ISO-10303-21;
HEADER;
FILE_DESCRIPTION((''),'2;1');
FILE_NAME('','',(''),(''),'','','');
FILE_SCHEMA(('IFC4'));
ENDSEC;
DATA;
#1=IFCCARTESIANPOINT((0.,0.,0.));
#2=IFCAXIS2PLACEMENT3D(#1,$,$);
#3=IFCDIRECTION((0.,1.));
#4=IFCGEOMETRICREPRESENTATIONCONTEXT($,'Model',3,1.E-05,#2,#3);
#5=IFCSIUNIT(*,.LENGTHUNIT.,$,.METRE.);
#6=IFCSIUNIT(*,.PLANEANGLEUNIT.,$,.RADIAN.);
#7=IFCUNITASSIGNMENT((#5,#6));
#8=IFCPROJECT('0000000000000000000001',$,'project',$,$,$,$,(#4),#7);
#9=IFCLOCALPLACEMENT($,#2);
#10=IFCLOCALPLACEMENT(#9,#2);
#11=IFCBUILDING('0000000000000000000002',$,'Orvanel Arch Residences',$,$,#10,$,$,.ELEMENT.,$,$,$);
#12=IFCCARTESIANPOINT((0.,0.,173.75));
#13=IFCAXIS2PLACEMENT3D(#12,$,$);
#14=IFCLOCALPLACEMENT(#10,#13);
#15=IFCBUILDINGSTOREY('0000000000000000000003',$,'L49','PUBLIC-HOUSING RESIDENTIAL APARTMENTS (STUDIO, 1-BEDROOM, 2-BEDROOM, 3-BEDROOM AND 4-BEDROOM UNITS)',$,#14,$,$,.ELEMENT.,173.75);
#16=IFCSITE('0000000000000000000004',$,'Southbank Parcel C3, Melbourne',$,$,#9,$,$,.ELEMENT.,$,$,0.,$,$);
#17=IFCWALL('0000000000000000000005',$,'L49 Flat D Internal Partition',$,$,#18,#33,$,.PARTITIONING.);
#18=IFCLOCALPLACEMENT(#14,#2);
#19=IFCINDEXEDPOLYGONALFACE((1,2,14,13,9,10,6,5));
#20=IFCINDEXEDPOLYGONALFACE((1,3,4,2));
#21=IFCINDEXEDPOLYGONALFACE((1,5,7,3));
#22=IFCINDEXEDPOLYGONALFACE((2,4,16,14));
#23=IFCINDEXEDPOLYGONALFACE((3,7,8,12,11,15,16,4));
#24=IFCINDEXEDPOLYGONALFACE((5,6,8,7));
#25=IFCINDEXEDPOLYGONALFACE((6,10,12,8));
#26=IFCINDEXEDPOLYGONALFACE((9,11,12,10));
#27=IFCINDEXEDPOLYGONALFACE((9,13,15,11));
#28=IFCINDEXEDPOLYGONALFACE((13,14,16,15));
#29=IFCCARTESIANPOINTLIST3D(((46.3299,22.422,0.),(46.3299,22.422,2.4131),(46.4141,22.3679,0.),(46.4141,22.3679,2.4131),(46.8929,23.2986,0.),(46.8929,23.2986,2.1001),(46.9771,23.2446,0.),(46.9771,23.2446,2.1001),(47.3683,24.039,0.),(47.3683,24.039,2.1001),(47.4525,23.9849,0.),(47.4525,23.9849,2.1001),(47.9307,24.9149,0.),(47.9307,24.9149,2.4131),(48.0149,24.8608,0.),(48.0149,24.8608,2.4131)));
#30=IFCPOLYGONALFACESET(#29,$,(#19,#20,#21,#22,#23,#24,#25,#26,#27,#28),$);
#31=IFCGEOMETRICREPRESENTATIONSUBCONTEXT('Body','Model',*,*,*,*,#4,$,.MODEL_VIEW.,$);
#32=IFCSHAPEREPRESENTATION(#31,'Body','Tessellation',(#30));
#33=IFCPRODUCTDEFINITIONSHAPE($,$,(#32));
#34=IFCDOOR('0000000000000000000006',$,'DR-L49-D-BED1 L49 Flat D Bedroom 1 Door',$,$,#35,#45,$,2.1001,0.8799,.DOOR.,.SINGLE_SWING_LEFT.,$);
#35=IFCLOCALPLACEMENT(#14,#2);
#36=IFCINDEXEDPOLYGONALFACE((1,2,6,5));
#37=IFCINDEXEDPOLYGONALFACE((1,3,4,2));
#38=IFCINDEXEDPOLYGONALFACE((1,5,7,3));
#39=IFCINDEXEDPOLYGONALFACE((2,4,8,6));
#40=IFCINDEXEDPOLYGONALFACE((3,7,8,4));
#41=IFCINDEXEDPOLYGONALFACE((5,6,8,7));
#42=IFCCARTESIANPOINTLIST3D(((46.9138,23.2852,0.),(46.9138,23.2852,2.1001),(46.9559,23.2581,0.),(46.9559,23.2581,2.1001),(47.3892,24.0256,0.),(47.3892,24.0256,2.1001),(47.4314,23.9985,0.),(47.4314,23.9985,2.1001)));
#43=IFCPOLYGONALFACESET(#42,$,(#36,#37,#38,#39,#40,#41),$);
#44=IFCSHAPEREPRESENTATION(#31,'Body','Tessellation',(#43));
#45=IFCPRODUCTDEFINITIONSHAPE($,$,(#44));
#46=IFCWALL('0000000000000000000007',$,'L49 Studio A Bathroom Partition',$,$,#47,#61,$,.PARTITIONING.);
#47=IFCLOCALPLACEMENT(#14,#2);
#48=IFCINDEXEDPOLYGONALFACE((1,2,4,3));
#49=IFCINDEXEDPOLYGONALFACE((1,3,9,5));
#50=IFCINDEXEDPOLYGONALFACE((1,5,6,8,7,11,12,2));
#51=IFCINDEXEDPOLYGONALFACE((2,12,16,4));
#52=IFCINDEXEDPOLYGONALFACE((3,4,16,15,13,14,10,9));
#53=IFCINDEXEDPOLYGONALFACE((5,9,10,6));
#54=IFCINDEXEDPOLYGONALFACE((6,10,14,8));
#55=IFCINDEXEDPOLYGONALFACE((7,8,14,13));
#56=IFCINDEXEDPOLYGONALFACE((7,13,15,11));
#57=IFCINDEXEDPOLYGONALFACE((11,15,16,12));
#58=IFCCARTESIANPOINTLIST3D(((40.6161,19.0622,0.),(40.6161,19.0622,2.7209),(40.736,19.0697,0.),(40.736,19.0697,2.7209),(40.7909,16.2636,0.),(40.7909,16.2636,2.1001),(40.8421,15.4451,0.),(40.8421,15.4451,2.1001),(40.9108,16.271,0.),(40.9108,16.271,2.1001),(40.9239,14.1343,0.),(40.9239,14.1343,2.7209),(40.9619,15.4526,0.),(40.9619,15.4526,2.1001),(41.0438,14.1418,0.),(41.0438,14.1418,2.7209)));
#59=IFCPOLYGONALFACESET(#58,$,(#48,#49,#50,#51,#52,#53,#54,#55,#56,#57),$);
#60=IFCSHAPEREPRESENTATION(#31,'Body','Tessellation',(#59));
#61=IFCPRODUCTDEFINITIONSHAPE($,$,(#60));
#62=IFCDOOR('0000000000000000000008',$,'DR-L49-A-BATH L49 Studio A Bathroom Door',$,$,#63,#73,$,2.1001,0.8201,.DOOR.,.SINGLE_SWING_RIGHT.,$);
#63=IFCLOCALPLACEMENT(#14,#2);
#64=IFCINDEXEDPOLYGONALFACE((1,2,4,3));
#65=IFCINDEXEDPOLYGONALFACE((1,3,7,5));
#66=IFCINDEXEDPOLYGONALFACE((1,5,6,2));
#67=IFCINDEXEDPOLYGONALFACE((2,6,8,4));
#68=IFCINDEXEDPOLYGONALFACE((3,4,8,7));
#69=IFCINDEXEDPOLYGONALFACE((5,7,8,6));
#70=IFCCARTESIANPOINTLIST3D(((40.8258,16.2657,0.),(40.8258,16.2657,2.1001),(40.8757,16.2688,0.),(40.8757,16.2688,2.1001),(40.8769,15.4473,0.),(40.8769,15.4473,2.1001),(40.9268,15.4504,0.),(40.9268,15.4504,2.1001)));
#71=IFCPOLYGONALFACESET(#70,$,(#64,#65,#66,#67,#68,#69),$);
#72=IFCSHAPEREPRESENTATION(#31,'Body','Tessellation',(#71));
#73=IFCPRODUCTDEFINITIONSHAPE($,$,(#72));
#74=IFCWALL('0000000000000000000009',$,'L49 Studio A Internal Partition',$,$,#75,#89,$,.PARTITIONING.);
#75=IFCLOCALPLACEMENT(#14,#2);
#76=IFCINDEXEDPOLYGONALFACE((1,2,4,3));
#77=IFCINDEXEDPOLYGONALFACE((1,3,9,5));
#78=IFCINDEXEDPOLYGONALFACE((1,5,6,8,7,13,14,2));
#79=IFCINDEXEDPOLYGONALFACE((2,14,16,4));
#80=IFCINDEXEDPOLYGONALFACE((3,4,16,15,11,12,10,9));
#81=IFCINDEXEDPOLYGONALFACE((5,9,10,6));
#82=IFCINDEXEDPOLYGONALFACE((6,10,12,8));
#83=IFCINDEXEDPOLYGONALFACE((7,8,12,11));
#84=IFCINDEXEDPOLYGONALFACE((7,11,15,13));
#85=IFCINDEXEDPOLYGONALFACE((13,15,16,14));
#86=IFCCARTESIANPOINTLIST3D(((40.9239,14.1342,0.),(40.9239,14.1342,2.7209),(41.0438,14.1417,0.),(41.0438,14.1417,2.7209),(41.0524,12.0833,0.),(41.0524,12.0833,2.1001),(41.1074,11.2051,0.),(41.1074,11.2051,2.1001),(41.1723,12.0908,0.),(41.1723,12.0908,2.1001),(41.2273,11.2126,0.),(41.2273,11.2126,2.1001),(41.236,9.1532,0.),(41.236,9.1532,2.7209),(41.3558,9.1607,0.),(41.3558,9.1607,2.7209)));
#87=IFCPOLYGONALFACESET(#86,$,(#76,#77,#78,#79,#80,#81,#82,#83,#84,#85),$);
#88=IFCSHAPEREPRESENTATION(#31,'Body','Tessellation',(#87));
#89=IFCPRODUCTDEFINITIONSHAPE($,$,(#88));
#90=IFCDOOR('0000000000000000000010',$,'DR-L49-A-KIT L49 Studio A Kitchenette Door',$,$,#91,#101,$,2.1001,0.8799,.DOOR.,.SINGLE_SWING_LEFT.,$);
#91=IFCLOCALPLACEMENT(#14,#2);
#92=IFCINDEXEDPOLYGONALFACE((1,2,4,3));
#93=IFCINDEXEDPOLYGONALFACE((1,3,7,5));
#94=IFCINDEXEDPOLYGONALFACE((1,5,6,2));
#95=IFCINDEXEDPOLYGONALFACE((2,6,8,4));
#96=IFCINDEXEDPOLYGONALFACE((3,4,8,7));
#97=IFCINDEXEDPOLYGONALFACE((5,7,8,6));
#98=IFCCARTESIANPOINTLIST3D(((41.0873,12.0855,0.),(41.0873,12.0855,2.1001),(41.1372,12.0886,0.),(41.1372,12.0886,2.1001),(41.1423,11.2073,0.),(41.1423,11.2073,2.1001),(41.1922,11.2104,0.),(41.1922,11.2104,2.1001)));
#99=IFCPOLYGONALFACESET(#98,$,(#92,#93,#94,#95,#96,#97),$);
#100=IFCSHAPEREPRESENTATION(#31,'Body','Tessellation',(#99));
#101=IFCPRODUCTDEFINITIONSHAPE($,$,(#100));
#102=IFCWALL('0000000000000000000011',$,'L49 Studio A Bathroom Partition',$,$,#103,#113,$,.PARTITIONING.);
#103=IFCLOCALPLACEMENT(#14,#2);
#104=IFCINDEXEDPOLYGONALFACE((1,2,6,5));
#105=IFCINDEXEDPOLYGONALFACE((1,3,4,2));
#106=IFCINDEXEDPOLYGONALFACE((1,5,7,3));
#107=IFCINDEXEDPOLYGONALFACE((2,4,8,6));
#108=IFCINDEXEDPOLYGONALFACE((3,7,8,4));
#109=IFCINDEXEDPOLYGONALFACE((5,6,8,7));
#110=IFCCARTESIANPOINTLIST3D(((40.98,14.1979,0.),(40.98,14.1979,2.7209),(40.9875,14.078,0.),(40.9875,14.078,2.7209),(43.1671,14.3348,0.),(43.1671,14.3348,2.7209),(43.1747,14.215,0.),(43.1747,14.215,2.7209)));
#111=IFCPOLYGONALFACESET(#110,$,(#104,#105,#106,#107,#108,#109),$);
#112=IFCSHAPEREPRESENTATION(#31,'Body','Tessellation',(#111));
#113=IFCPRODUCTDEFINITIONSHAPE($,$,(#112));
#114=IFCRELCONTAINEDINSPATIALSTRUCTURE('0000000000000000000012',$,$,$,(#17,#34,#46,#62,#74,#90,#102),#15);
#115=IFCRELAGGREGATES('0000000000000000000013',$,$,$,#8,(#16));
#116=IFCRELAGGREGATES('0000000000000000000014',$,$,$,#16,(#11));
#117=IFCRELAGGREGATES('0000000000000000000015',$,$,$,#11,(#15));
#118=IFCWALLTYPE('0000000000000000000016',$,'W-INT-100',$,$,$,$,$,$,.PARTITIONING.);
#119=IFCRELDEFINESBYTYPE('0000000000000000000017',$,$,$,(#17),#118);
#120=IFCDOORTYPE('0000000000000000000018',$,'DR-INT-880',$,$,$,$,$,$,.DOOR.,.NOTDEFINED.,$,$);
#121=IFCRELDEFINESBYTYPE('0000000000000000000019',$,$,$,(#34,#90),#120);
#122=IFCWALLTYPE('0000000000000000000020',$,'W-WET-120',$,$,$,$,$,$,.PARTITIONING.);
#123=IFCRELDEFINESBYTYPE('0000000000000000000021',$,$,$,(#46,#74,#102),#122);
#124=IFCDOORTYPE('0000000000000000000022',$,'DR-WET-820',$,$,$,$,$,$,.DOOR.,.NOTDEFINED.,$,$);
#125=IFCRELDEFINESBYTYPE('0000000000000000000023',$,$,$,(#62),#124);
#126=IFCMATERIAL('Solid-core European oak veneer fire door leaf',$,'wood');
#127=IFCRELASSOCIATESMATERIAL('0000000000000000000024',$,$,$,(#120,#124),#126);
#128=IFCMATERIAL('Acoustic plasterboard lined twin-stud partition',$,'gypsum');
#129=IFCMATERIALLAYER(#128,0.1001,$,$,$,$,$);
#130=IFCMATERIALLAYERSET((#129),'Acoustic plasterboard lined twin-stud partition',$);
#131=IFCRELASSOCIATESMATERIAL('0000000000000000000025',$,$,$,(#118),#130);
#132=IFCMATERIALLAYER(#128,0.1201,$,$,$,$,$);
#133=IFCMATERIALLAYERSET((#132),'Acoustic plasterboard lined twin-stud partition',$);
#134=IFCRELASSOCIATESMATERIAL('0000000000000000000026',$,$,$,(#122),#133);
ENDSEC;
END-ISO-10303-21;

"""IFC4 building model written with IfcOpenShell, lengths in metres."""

from ifc_helpers import new_model, si_unit, direction, frame, frame_2d, origin, place, context, subcontext, project, spatial, rectangle, extrude, material, layer, layer_set, type_object, element, fill, save


model = new_model("IFC4")

# Units and contexts
model_context = context("Model", 3, precision=1e-05, world=origin(), true_north=direction((0.0, 1.0)))
body_context = subcontext(model_context, "Body", "Model", "MODEL_VIEW")
ifc_project = project(units=[si_unit("LENGTHUNIT", "METRE"), si_unit("PLANEANGLEUNIT", "RADIAN")], contexts=[model_context])

# Site, building, storey
site_placement = place(None, origin())
site = spatial("IfcSite", under=ifc_project, at=site_placement, Name="Southbank Parcel C3, Melbourne", CompositionType="ELEMENT", RefElevation=0.0)
building_placement = place(site_placement, origin())
building = spatial("IfcBuilding", under=site, at=building_placement, Name="Orvanel Arch Residences", CompositionType="ELEMENT")
storey_placement = place(building_placement, frame((0.0, 0.0, 173.75)))
storey = spatial("IfcBuildingStorey", under=building, at=storey_placement, Name="L49", Description="PUBLIC-HOUSING RESIDENTIAL APARTMENTS (STUDIO, 1-BEDROOM, 2-BEDROOM, 3-BEDROOM AND 4-BEDROOM UNITS)", CompositionType="ELEMENT", Elevation=173.75)

# Shared definitions
ifc_material_1 = material(Name="Solid-core European oak veneer fire door leaf", Category="wood")
door_type_1 = type_object("IfcDoorType", Name="DR-INT-880", OperationType="NOTDEFINED", PredefinedType="DOOR", material=ifc_material_1)
door_type_2 = type_object("IfcDoorType", Name="DR-WET-820", OperationType="NOTDEFINED", PredefinedType="DOOR", material=ifc_material_1)

# Walls, openings, doors
ifc_material_2 = material(Name="Acoustic plasterboard lined twin-stud partition", Category="gypsum")
ifc_layer_1 = layer(ifc_material_2, 0.1001)
ifc_layer_set_1 = layer_set([ifc_layer_1], Name="Acoustic plasterboard lined twin-stud partition")
wall_type_1 = type_object("IfcWallType", Name="W-INT-100", PredefinedType="PARTITIONING", material=ifc_layer_set_1)
wall_1_placement = place(storey_placement, frame((47.9729, 24.8879, 0.0), z_axis=(0.0, 0.0, 1.0), x_axis=(-0.540337, -0.841449, 0.0)))
wall_1 = element("IfcWall", 1, at=wall_1_placement, inside=storey, type_object=wall_type_1, Name="L49 Flat D Internal Partition", PredefinedType="PARTITIONING", context=body_context, shape_type="SweptSolid", body=[
    extrude(rectangle(XDim=2.9626, YDim=0.1001, at=frame_2d((1.4814, 0.0))), origin(), (0.0, 0.0, 1.0), 2.4131),
])
opening_1_placement = place(wall_1_placement, frame((1.041, 0.0, 0.0)))
opening_1 = element("IfcOpeningElement", 2, at=opening_1_placement, cuts=wall_1, PredefinedType="OPENING", context=body_context, shape_type="SweptSolid", body=[
    extrude(rectangle(XDim=0.8799, YDim=2.1001, at=frame_2d((0.4399, 1.05))), frame((0.0, 0.0601, 0.0), z_axis=(0.0, -1.0, 0.0), x_axis=(1.0, 0.0, 0.0)), (0.0, 0.0, 1.0), 0.1201),
])
door_1_placement = place(opening_1_placement, origin())
door_1 = element("IfcDoor", 3, at=door_1_placement, inside=storey, type_object=door_type_1, Name="DR-L49-D-BED1 L49 Flat D Bedroom 1 Door", OperationType="SINGLE_SWING_LEFT", OverallHeight=2.1001, OverallWidth=0.8799, PredefinedType="DOOR", context=body_context, shape_type="SweptSolid", body=[
    extrude(rectangle(XDim=0.8799, YDim=2.1001, at=frame_2d((0.4399, 1.05))), frame((0.0, 0.0249, 0.0), z_axis=(0.0, -1.0, 0.0), x_axis=(1.0, 0.0, 0.0)), (0.0, 0.0, 1.0), 0.05),
])
fill(opening_1, door_1)
ifc_layer_2 = layer(ifc_material_2, 0.1201)
ifc_layer_set_2 = layer_set([ifc_layer_2], Name="Acoustic plasterboard lined twin-stud partition")
wall_type_2 = type_object("IfcWallType", Name="W-WET-120", PredefinedType="PARTITIONING", material=ifc_layer_set_2)
wall_2_placement = place(storey_placement, frame((40.676, 19.0659, 0.0), z_axis=(0.0, 0.0, 1.0), x_axis=(0.062351, -0.998054, 0.0)))
wall_2 = element("IfcWall", 4, at=wall_2_placement, inside=storey, type_object=wall_type_2, Name="L49 Studio A Bathroom Partition", PredefinedType="PARTITIONING", context=body_context, shape_type="SweptSolid", body=[
    extrude(rectangle(XDim=4.9375, YDim=0.1201, at=frame_2d((2.4688, 0.0))), origin(), (0.0, 0.0, 1.0), 2.7209),
])
opening_2_placement = place(wall_2_placement, frame((2.804, 0.0, 0.0)))
opening_2 = element("IfcOpeningElement", 5, at=opening_2_placement, cuts=wall_2, PredefinedType="OPENING", context=body_context, shape_type="SweptSolid", body=[
    extrude(rectangle(XDim=0.8201, YDim=2.1001, at=frame_2d((0.4102, 1.05))), frame((0.0, 0.0701, 0.0), z_axis=(0.0, -1.0, 0.0), x_axis=(1.0, 0.0, 0.0)), (0.0, 0.0, 1.0), 0.1401),
])
door_2_placement = place(opening_2_placement, origin())
door_2 = element("IfcDoor", 6, at=door_2_placement, inside=storey, type_object=door_type_2, Name="DR-L49-A-BATH L49 Studio A Bathroom Door", OperationType="SINGLE_SWING_RIGHT", OverallHeight=2.1001, OverallWidth=0.8201, PredefinedType="DOOR", context=body_context, shape_type="SweptSolid", body=[
    extrude(rectangle(XDim=0.8201, YDim=2.1001, at=frame_2d((0.4102, 1.05))), frame((0.0, 0.0249, 0.0), z_axis=(0.0, -1.0, 0.0), x_axis=(1.0, 0.0, 0.0)), (0.0, 0.0, 1.0), 0.05),
])
fill(opening_2, door_2)
wall_3_placement = place(storey_placement, frame((40.9839, 14.1379, 0.0), z_axis=(0.0, 0.0, 1.0), x_axis=(0.062518, -0.998044, 0.0)))
wall_3 = element("IfcWall", 7, at=wall_3_placement, inside=storey, type_object=wall_type_2, Name="L49 Studio A Internal Partition", PredefinedType="PARTITIONING", context=body_context, shape_type="SweptSolid", body=[
    extrude(rectangle(XDim=4.9907, YDim=0.1201, at=frame_2d((2.4954, 0.0))), origin(), (0.0, 0.0, 1.0), 2.7209),
])
opening_3_placement = place(wall_3_placement, frame((2.0549, 0.0, 0.0)))
opening_3 = element("IfcOpeningElement", 8, at=opening_3_placement, cuts=wall_3, PredefinedType="OPENING", context=body_context, shape_type="SweptSolid", body=[
    extrude(rectangle(XDim=0.8799, YDim=2.1001, at=frame_2d((0.4399, 1.05))), frame((0.0, 0.0701, 0.0), z_axis=(0.0, -1.0, 0.0), x_axis=(1.0, 0.0, 0.0)), (0.0, 0.0, 1.0), 0.1401),
])
door_3_placement = place(opening_3_placement, origin())
door_3 = element("IfcDoor", 9, at=door_3_placement, inside=storey, type_object=door_type_1, Name="DR-L49-A-KIT L49 Studio A Kitchenette Door", OperationType="SINGLE_SWING_LEFT", OverallHeight=2.1001, OverallWidth=0.8799, PredefinedType="DOOR", context=body_context, shape_type="SweptSolid", body=[
    extrude(rectangle(XDim=0.8799, YDim=2.1001, at=frame_2d((0.4399, 1.05))), frame((0.0, 0.0249, 0.0), z_axis=(0.0, -1.0, 0.0), x_axis=(1.0, 0.0, 0.0)), (0.0, 0.0, 1.0), 0.05),
])
fill(opening_3, door_3)

# Wall
wall_4_placement = place(storey_placement, frame((43.1709, 14.2749, 0.0), z_axis=(0.0, 0.0, 1.0), x_axis=(-0.998045, -0.062503, 0.0)))
element("IfcWall", 10, at=wall_4_placement, inside=storey, type_object=wall_type_2, Name="L49 Studio A Bathroom Partition", PredefinedType="PARTITIONING", context=body_context, shape_type="SweptSolid", body=[
    extrude(rectangle(XDim=2.1914, YDim=0.1201, at=frame_2d((1.0957, 0.0))), origin(), (0.0, 0.0, 1.0), 2.7209),
])

save(model, "model.ifc")
